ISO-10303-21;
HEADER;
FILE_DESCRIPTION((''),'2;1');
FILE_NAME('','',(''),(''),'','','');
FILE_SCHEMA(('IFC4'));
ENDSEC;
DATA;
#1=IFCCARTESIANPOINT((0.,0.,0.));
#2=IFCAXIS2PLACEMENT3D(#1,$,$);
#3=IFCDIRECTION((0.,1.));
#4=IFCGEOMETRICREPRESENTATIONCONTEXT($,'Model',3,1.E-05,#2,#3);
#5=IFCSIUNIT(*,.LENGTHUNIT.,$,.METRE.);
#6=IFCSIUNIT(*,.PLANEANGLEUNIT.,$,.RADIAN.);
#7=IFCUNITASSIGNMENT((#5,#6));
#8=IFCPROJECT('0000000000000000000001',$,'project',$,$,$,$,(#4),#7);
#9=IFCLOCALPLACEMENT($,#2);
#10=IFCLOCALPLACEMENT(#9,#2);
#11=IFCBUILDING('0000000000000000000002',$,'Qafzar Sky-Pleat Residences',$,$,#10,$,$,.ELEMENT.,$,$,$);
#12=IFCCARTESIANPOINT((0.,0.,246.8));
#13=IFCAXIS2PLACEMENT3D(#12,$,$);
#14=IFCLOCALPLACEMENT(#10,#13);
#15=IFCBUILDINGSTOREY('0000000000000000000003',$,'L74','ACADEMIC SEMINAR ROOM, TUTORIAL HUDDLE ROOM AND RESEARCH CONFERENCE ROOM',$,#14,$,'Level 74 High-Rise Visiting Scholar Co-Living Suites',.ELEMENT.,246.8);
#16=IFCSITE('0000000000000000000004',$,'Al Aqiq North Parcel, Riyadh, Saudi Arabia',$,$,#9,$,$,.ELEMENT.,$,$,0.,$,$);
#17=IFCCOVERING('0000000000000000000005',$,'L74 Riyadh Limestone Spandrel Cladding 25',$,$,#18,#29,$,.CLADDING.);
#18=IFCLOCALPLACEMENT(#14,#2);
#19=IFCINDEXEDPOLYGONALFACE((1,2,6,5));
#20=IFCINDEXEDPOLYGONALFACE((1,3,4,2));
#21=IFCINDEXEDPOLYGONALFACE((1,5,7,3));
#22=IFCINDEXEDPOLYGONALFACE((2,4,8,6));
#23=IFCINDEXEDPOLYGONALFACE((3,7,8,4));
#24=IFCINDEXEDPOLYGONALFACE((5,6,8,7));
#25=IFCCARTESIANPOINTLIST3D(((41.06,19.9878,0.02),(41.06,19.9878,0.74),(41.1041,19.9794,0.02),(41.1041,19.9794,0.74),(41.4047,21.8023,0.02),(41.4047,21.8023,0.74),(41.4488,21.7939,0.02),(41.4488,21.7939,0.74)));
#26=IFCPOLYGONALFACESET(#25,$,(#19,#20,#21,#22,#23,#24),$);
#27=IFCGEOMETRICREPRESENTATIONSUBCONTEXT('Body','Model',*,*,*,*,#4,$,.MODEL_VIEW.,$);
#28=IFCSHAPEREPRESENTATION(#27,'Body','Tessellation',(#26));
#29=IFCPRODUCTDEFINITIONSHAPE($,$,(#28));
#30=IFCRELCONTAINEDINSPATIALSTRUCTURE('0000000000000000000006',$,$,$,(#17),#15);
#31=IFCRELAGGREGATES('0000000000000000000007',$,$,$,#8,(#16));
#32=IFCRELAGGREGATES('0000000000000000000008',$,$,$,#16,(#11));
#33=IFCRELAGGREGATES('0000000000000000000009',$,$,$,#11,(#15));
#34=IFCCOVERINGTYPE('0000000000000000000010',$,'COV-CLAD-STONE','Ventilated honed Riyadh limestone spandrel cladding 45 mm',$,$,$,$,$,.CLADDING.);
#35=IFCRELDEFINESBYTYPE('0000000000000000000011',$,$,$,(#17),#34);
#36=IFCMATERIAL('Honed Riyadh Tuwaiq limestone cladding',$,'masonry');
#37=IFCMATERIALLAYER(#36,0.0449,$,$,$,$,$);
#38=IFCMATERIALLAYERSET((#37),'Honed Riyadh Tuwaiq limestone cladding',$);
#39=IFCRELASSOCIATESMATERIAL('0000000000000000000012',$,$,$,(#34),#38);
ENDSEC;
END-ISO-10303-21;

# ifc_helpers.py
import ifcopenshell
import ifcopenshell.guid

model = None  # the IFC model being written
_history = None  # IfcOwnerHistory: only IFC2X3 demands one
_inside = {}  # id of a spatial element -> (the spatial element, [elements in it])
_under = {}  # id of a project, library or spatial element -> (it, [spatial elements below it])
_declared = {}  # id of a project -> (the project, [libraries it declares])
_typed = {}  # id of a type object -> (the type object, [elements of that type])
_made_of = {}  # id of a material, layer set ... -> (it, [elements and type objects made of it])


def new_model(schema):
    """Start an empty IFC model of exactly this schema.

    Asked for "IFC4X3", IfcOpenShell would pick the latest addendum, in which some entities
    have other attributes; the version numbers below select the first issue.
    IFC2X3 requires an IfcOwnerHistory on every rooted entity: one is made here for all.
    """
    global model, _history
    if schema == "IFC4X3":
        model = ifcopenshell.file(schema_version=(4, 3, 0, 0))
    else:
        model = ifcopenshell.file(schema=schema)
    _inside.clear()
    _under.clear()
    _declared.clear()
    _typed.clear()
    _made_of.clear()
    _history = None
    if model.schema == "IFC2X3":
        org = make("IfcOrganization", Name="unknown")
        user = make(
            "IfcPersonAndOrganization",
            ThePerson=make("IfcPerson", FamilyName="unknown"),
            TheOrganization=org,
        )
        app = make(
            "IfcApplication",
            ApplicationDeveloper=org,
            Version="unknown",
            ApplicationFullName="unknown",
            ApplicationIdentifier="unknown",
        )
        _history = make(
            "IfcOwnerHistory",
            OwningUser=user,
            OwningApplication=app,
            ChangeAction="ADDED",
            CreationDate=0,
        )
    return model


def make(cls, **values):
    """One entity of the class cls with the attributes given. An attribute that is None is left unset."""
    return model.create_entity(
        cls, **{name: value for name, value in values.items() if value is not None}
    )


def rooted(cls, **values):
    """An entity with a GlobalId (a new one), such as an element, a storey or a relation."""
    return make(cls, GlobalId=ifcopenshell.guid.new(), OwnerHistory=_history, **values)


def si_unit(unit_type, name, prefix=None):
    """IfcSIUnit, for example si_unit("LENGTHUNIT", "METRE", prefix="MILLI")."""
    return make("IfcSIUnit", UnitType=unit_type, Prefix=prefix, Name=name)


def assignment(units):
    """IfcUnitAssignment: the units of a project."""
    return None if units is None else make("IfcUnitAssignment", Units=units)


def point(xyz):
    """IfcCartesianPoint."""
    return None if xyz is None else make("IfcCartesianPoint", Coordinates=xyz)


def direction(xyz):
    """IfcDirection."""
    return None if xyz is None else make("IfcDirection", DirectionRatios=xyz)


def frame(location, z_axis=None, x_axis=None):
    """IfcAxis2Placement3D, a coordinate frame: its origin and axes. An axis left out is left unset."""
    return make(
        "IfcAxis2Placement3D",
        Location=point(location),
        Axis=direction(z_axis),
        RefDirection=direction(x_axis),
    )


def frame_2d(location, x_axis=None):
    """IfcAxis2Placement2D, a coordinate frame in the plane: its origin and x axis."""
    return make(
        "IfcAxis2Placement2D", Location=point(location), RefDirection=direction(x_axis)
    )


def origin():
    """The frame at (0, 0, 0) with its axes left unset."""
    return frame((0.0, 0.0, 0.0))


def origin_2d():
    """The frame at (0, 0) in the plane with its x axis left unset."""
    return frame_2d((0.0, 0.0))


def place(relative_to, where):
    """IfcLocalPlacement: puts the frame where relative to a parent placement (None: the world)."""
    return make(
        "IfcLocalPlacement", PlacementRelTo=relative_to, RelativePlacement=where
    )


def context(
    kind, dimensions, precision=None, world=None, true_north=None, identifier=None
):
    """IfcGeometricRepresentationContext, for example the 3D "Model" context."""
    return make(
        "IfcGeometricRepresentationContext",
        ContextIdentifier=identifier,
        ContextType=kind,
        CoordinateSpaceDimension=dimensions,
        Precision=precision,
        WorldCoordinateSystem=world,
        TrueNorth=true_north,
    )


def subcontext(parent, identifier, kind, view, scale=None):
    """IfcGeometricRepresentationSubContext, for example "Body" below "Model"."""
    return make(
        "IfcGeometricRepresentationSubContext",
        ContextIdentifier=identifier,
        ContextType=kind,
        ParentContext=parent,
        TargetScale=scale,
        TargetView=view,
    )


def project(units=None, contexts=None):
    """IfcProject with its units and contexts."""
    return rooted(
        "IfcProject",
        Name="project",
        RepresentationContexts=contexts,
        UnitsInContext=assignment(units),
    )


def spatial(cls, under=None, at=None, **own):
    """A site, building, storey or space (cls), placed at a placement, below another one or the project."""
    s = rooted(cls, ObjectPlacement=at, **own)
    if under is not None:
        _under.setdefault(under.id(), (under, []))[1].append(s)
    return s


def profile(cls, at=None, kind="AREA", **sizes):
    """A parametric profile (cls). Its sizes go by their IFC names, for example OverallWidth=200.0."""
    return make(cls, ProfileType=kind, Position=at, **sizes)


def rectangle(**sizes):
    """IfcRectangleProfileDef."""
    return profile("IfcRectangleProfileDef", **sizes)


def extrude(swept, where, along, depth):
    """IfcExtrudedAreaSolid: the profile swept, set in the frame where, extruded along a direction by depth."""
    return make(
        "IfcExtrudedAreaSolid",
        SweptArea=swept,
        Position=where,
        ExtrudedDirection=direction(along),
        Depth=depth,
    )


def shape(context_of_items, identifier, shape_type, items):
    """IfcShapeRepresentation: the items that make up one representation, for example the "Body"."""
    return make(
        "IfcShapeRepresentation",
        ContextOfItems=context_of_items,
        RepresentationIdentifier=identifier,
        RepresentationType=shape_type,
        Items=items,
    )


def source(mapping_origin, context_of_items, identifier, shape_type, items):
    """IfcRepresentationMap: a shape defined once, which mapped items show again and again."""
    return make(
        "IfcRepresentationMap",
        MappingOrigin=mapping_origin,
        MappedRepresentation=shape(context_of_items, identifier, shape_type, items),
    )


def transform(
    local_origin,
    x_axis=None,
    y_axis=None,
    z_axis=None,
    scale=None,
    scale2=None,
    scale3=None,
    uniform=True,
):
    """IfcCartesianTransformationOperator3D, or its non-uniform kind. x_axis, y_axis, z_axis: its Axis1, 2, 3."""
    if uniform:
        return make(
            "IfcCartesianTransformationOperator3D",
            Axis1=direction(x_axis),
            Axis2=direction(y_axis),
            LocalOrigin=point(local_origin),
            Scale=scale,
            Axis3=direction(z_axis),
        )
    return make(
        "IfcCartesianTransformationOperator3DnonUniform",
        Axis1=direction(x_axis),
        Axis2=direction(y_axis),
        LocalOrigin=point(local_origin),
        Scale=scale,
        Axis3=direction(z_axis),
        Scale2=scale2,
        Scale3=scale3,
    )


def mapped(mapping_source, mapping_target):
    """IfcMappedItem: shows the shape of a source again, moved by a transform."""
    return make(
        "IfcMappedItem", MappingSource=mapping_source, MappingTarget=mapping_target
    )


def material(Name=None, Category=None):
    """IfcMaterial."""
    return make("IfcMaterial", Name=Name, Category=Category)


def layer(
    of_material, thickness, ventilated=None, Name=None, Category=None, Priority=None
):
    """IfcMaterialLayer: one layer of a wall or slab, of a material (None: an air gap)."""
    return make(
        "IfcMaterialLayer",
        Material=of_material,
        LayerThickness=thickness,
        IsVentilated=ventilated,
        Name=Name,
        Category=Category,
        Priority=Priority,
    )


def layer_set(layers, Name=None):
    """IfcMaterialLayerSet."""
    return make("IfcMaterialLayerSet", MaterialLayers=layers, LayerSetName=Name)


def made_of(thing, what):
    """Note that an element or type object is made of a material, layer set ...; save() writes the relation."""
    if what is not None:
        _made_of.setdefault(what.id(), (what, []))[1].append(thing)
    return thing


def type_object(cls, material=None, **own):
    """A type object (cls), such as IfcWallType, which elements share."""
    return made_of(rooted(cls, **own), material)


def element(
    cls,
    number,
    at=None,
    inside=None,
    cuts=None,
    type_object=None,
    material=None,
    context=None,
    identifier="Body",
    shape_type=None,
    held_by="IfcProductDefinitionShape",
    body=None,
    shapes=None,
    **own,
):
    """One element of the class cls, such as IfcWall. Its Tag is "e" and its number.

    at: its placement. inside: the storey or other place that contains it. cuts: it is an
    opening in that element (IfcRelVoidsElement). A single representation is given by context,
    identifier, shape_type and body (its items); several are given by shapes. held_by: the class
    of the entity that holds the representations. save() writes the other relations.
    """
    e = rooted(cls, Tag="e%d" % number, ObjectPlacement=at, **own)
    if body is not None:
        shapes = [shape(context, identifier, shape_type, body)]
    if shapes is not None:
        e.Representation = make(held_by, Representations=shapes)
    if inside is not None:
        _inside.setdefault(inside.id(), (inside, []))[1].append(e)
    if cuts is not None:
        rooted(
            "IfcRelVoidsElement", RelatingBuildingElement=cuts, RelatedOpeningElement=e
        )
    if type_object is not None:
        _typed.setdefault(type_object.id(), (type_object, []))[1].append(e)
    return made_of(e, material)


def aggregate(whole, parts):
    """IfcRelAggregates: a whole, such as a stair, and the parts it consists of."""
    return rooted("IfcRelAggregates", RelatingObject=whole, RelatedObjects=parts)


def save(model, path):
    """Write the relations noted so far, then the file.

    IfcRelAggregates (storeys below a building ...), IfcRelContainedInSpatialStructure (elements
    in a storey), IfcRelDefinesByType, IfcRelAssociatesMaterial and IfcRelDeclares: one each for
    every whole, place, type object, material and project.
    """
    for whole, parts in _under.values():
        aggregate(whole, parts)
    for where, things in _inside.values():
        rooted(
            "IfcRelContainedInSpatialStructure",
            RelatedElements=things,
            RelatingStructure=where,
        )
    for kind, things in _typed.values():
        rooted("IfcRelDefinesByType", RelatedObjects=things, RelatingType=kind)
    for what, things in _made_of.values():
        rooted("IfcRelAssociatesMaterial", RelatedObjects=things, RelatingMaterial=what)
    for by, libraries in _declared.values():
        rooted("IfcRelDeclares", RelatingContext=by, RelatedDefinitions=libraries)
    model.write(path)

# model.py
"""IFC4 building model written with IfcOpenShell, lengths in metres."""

from ifc_helpers import new_model, si_unit, direction, frame, origin, origin_2d, place, context, subcontext, project, spatial, rectangle, extrude, source, transform, mapped, material, layer, layer_set, type_object, element, save


model = new_model("IFC4")

# Units and contexts
model_context = context("Model", 3, precision=1e-05, world=origin(), true_north=direction((0.0, 1.0)))
body_context = subcontext(model_context, "Body", "Model", "MODEL_VIEW")
ifc_project = project(units=[si_unit("LENGTHUNIT", "METRE"), si_unit("PLANEANGLEUNIT", "RADIAN")], contexts=[model_context])

# Site, building, storey
site_placement = place(None, origin())
site = spatial("IfcSite", under=ifc_project, at=site_placement, Name="Al Aqiq North Parcel, Riyadh, Saudi Arabia", CompositionType="ELEMENT", RefElevation=0.0)
building_placement = place(site_placement, origin())
building = spatial("IfcBuilding", under=site, at=building_placement, Name="Qafzar Sky-Pleat Residences", CompositionType="ELEMENT")
storey_placement = place(building_placement, frame((0.0, 0.0, 246.8)))
storey = spatial("IfcBuildingStorey", under=building, at=storey_placement, Name="L74", Description="ACADEMIC SEMINAR ROOM, TUTORIAL HUDDLE ROOM AND RESEARCH CONFERENCE ROOM", LongName="Level 74 High-Rise Visiting Scholar Co-Living Suites", CompositionType="ELEMENT", Elevation=246.8)

# Covering
ifc_material_1 = material(Name="Honed Riyadh Tuwaiq limestone cladding", Category="masonry")
ifc_layer_1 = layer(ifc_material_1, 0.0449)
ifc_layer_set_1 = layer_set([ifc_layer_1], Name="Honed Riyadh Tuwaiq limestone cladding")
covering_type = type_object("IfcCoveringType", Name="COV-CLAD-STONE", Description="Ventilated honed Riyadh limestone spandrel cladding 45 mm", PredefinedType="CLADDING", material=ifc_layer_set_1)
shared_shape_1 = source(origin(), body_context, "Body", "SweptSolid", [
    extrude(rectangle(XDim=1.8469, YDim=0.0449, at=origin_2d()), origin(), (0.0, 0.0, 1.0), 0.72),
])
covering_placement = place(storey_placement, frame((41.2544, 20.8909, 0.02), z_axis=(0.0, 0.0, 1.0), x_axis=(0.186633, 0.98243, 0.0)))
element("IfcCovering", 1, at=covering_placement, inside=storey, type_object=covering_type, Name="L74 Riyadh Limestone Spandrel Cladding 25", PredefinedType="CLADDING", context=body_context, shape_type="MappedRepresentation", body=[
    mapped(shared_shape_1, transform((0.0, 0.0, 0.0), x_axis=(1.0, 0.0, 0.0), y_axis=(0.0, 1.0, 0.0), z_axis=(0.0, 0.0, 1.0), scale=1.0)),
])

save(model, "model.ifc")
